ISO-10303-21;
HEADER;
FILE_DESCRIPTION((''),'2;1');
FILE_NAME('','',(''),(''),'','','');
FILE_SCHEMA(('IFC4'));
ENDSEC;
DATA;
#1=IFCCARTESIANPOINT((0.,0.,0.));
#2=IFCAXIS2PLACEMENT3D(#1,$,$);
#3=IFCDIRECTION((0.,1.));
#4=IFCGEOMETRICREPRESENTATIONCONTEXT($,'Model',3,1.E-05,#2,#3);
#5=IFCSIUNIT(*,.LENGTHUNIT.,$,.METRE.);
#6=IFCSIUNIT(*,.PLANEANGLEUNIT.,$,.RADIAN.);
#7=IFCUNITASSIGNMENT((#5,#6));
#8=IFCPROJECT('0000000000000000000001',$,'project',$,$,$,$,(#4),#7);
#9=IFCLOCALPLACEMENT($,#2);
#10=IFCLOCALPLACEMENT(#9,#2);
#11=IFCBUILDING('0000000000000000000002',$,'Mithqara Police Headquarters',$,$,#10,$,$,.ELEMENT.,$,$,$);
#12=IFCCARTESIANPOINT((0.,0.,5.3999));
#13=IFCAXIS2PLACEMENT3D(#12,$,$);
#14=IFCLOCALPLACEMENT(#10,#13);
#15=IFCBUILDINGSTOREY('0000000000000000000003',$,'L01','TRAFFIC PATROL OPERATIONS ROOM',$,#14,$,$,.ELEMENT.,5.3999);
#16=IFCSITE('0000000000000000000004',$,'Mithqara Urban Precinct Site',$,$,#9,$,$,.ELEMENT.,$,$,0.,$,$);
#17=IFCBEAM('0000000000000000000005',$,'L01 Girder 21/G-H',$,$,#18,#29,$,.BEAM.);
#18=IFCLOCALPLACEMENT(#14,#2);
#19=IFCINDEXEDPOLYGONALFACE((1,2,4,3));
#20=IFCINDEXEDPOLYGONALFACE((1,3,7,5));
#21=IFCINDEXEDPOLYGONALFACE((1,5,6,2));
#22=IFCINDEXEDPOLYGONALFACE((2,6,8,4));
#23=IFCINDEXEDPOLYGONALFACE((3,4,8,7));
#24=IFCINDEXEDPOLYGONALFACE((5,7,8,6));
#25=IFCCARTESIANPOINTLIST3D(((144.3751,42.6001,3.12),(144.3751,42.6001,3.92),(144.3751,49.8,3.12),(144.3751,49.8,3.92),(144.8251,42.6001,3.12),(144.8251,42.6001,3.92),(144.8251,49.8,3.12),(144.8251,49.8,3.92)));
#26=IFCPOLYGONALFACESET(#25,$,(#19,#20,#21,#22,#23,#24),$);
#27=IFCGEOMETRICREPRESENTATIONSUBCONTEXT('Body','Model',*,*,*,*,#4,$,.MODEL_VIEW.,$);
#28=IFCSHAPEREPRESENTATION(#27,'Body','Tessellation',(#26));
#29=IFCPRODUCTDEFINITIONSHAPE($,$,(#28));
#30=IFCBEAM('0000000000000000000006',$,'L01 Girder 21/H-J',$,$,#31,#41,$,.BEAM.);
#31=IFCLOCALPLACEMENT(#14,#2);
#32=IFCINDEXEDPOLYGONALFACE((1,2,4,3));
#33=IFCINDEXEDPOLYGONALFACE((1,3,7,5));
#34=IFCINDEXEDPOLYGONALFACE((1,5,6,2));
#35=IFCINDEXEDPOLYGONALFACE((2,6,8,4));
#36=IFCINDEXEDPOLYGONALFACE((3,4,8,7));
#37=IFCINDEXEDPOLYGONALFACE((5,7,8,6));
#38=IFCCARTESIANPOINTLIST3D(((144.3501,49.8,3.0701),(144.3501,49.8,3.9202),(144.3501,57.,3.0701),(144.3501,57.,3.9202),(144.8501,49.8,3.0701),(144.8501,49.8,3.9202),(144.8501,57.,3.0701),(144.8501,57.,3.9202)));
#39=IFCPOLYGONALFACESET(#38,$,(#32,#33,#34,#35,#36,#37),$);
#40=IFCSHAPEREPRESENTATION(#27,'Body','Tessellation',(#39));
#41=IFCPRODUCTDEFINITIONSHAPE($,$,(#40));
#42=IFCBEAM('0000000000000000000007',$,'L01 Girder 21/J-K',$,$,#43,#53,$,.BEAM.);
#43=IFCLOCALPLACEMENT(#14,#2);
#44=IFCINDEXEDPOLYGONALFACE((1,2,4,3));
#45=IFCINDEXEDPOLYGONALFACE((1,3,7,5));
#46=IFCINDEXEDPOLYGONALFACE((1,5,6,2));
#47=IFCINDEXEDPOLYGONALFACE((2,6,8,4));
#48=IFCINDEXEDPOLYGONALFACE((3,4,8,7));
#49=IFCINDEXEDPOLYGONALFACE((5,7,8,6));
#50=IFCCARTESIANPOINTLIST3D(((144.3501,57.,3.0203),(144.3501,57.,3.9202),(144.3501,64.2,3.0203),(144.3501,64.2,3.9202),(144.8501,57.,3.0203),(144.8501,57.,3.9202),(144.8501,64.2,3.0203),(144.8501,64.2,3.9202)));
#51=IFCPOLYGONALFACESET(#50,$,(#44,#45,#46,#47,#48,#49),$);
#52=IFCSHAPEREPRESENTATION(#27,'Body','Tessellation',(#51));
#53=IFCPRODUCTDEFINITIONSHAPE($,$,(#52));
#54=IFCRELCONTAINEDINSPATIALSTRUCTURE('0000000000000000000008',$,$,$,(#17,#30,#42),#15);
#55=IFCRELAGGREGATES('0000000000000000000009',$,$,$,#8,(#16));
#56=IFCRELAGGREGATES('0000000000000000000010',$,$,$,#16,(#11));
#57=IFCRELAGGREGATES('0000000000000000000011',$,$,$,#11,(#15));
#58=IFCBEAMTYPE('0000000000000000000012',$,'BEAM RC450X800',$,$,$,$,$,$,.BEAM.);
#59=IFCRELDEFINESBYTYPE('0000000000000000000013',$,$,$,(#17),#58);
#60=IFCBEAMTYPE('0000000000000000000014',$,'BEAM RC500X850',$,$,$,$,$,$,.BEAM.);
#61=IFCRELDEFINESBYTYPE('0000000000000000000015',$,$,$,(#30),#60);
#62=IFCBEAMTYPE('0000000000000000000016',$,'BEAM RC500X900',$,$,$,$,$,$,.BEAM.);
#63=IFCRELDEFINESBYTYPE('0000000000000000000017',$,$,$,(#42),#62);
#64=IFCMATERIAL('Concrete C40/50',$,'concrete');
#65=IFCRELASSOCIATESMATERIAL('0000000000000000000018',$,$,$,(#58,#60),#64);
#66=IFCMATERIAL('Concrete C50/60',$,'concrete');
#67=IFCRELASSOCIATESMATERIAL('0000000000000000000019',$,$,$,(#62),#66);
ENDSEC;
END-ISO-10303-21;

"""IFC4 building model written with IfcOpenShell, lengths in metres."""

from ifc_helpers import new_model, si_unit, direction, frame, origin, origin_2d, place, context, subcontext, project, spatial, rectangle, extrude, material, material_profile, profile_set, type_object, element, save


model = new_model("IFC4")

# Units and contexts
model_context = context("Model", 3, precision=1e-05, world=origin(), true_north=direction((0.0, 1.0)))
body_context = subcontext(model_context, "Body", "Model", "MODEL_VIEW")
ifc_project = project(units=[si_unit("LENGTHUNIT", "METRE"), si_unit("PLANEANGLEUNIT", "RADIAN")], contexts=[model_context])

# Site, building, storey
site_placement = place(None, origin())
site = spatial("IfcSite", under=ifc_project, at=site_placement, Name="Mithqara Urban Precinct Site", CompositionType="ELEMENT", RefElevation=0.0)
building_placement = place(site_placement, origin())
building = spatial("IfcBuilding", under=site, at=building_placement, Name="Mithqara Police Headquarters", CompositionType="ELEMENT")
storey_placement = place(building_placement, frame((0.0, 0.0, 5.3999)))
storey = spatial("IfcBuildingStorey", under=building, at=storey_placement, Name="L01", Description="TRAFFIC PATROL OPERATIONS ROOM", CompositionType="ELEMENT", Elevation=5.3999)

# Shared definitions
ifc_material_1 = material(Name="Concrete C50/60", Category="concrete")

# Beams
ifc_material_2 = material(Name="Concrete C40/50", Category="concrete")
ifc_material_profile_1 = material_profile(ifc_material_2, rectangle(XDim=0.45, YDim=0.8, at=origin_2d()), Name="RC 450x800")
ifc_profile_set_1 = profile_set([ifc_material_profile_1], Name="Concrete C40/50")
beam_type_1 = type_object("IfcBeamType", Name="BEAM RC450X800", PredefinedType="BEAM", material=ifc_profile_set_1)
beam_1_placement = place(storey_placement, frame((144.6001, 42.6001, 3.52), z_axis=(0.0, 1.0, 0.0), x_axis=(-1.0, 0.0, 0.0)))
element("IfcBeam", 1, at=beam_1_placement, inside=storey, type_object=beam_type_1, Name="L01 Girder 21/G-H", PredefinedType="BEAM", context=body_context, shape_type="SweptSolid", body=[
    extrude(rectangle(XDim=0.45, YDim=0.8, at=origin_2d()), origin(), (0.0, 0.0, 1.0), 7.2),
])
ifc_material_profile_2 = material_profile(ifc_material_2, rectangle(XDim=0.5, YDim=0.8501, at=origin_2d()), Name="RC 500x850")
ifc_profile_set_2 = profile_set([ifc_material_profile_2], Name="Concrete C40/50")
beam_type_2 = type_object("IfcBeamType", Name="BEAM RC500X850", PredefinedType="BEAM", material=ifc_profile_set_2)
beam_2_placement = place(storey_placement, frame((144.6001, 49.8, 3.4951), z_axis=(0.0, 1.0, 0.0), x_axis=(-1.0, 0.0, 0.0)))
element("IfcBeam", 2, at=beam_2_placement, inside=storey, type_object=beam_type_2, Name="L01 Girder 21/H-J", PredefinedType="BEAM", context=body_context, shape_type="SweptSolid", body=[
    extrude(rectangle(XDim=0.5, YDim=0.8501, at=origin_2d()), origin(), (0.0, 0.0, 1.0), 7.2),
])
ifc_material_profile_3 = material_profile(ifc_material_1, rectangle(XDim=0.5, YDim=0.8999, at=origin_2d()), Name="RC 500x900")
ifc_profile_set_3 = profile_set([ifc_material_profile_3], Name="Concrete C50/60")
beam_type_3 = type_object("IfcBeamType", Name="BEAM RC500X900", PredefinedType="BEAM", material=ifc_profile_set_3)
beam_3_placement = place(storey_placement, frame((144.6001, 57.0, 3.4702), z_axis=(0.0, 1.0, 0.0), x_axis=(-1.0, 0.0, 0.0)))
element("IfcBeam", 3, at=beam_3_placement, inside=storey, type_object=beam_type_3, Name="L01 Girder 21/J-K", PredefinedType="BEAM", context=body_context, shape_type="SweptSolid", body=[
    extrude(rectangle(XDim=0.5, YDim=0.8999, at=origin_2d()), origin(), (0.0, 0.0, 1.0), 7.2),
])

save(model, "model.ifc")
